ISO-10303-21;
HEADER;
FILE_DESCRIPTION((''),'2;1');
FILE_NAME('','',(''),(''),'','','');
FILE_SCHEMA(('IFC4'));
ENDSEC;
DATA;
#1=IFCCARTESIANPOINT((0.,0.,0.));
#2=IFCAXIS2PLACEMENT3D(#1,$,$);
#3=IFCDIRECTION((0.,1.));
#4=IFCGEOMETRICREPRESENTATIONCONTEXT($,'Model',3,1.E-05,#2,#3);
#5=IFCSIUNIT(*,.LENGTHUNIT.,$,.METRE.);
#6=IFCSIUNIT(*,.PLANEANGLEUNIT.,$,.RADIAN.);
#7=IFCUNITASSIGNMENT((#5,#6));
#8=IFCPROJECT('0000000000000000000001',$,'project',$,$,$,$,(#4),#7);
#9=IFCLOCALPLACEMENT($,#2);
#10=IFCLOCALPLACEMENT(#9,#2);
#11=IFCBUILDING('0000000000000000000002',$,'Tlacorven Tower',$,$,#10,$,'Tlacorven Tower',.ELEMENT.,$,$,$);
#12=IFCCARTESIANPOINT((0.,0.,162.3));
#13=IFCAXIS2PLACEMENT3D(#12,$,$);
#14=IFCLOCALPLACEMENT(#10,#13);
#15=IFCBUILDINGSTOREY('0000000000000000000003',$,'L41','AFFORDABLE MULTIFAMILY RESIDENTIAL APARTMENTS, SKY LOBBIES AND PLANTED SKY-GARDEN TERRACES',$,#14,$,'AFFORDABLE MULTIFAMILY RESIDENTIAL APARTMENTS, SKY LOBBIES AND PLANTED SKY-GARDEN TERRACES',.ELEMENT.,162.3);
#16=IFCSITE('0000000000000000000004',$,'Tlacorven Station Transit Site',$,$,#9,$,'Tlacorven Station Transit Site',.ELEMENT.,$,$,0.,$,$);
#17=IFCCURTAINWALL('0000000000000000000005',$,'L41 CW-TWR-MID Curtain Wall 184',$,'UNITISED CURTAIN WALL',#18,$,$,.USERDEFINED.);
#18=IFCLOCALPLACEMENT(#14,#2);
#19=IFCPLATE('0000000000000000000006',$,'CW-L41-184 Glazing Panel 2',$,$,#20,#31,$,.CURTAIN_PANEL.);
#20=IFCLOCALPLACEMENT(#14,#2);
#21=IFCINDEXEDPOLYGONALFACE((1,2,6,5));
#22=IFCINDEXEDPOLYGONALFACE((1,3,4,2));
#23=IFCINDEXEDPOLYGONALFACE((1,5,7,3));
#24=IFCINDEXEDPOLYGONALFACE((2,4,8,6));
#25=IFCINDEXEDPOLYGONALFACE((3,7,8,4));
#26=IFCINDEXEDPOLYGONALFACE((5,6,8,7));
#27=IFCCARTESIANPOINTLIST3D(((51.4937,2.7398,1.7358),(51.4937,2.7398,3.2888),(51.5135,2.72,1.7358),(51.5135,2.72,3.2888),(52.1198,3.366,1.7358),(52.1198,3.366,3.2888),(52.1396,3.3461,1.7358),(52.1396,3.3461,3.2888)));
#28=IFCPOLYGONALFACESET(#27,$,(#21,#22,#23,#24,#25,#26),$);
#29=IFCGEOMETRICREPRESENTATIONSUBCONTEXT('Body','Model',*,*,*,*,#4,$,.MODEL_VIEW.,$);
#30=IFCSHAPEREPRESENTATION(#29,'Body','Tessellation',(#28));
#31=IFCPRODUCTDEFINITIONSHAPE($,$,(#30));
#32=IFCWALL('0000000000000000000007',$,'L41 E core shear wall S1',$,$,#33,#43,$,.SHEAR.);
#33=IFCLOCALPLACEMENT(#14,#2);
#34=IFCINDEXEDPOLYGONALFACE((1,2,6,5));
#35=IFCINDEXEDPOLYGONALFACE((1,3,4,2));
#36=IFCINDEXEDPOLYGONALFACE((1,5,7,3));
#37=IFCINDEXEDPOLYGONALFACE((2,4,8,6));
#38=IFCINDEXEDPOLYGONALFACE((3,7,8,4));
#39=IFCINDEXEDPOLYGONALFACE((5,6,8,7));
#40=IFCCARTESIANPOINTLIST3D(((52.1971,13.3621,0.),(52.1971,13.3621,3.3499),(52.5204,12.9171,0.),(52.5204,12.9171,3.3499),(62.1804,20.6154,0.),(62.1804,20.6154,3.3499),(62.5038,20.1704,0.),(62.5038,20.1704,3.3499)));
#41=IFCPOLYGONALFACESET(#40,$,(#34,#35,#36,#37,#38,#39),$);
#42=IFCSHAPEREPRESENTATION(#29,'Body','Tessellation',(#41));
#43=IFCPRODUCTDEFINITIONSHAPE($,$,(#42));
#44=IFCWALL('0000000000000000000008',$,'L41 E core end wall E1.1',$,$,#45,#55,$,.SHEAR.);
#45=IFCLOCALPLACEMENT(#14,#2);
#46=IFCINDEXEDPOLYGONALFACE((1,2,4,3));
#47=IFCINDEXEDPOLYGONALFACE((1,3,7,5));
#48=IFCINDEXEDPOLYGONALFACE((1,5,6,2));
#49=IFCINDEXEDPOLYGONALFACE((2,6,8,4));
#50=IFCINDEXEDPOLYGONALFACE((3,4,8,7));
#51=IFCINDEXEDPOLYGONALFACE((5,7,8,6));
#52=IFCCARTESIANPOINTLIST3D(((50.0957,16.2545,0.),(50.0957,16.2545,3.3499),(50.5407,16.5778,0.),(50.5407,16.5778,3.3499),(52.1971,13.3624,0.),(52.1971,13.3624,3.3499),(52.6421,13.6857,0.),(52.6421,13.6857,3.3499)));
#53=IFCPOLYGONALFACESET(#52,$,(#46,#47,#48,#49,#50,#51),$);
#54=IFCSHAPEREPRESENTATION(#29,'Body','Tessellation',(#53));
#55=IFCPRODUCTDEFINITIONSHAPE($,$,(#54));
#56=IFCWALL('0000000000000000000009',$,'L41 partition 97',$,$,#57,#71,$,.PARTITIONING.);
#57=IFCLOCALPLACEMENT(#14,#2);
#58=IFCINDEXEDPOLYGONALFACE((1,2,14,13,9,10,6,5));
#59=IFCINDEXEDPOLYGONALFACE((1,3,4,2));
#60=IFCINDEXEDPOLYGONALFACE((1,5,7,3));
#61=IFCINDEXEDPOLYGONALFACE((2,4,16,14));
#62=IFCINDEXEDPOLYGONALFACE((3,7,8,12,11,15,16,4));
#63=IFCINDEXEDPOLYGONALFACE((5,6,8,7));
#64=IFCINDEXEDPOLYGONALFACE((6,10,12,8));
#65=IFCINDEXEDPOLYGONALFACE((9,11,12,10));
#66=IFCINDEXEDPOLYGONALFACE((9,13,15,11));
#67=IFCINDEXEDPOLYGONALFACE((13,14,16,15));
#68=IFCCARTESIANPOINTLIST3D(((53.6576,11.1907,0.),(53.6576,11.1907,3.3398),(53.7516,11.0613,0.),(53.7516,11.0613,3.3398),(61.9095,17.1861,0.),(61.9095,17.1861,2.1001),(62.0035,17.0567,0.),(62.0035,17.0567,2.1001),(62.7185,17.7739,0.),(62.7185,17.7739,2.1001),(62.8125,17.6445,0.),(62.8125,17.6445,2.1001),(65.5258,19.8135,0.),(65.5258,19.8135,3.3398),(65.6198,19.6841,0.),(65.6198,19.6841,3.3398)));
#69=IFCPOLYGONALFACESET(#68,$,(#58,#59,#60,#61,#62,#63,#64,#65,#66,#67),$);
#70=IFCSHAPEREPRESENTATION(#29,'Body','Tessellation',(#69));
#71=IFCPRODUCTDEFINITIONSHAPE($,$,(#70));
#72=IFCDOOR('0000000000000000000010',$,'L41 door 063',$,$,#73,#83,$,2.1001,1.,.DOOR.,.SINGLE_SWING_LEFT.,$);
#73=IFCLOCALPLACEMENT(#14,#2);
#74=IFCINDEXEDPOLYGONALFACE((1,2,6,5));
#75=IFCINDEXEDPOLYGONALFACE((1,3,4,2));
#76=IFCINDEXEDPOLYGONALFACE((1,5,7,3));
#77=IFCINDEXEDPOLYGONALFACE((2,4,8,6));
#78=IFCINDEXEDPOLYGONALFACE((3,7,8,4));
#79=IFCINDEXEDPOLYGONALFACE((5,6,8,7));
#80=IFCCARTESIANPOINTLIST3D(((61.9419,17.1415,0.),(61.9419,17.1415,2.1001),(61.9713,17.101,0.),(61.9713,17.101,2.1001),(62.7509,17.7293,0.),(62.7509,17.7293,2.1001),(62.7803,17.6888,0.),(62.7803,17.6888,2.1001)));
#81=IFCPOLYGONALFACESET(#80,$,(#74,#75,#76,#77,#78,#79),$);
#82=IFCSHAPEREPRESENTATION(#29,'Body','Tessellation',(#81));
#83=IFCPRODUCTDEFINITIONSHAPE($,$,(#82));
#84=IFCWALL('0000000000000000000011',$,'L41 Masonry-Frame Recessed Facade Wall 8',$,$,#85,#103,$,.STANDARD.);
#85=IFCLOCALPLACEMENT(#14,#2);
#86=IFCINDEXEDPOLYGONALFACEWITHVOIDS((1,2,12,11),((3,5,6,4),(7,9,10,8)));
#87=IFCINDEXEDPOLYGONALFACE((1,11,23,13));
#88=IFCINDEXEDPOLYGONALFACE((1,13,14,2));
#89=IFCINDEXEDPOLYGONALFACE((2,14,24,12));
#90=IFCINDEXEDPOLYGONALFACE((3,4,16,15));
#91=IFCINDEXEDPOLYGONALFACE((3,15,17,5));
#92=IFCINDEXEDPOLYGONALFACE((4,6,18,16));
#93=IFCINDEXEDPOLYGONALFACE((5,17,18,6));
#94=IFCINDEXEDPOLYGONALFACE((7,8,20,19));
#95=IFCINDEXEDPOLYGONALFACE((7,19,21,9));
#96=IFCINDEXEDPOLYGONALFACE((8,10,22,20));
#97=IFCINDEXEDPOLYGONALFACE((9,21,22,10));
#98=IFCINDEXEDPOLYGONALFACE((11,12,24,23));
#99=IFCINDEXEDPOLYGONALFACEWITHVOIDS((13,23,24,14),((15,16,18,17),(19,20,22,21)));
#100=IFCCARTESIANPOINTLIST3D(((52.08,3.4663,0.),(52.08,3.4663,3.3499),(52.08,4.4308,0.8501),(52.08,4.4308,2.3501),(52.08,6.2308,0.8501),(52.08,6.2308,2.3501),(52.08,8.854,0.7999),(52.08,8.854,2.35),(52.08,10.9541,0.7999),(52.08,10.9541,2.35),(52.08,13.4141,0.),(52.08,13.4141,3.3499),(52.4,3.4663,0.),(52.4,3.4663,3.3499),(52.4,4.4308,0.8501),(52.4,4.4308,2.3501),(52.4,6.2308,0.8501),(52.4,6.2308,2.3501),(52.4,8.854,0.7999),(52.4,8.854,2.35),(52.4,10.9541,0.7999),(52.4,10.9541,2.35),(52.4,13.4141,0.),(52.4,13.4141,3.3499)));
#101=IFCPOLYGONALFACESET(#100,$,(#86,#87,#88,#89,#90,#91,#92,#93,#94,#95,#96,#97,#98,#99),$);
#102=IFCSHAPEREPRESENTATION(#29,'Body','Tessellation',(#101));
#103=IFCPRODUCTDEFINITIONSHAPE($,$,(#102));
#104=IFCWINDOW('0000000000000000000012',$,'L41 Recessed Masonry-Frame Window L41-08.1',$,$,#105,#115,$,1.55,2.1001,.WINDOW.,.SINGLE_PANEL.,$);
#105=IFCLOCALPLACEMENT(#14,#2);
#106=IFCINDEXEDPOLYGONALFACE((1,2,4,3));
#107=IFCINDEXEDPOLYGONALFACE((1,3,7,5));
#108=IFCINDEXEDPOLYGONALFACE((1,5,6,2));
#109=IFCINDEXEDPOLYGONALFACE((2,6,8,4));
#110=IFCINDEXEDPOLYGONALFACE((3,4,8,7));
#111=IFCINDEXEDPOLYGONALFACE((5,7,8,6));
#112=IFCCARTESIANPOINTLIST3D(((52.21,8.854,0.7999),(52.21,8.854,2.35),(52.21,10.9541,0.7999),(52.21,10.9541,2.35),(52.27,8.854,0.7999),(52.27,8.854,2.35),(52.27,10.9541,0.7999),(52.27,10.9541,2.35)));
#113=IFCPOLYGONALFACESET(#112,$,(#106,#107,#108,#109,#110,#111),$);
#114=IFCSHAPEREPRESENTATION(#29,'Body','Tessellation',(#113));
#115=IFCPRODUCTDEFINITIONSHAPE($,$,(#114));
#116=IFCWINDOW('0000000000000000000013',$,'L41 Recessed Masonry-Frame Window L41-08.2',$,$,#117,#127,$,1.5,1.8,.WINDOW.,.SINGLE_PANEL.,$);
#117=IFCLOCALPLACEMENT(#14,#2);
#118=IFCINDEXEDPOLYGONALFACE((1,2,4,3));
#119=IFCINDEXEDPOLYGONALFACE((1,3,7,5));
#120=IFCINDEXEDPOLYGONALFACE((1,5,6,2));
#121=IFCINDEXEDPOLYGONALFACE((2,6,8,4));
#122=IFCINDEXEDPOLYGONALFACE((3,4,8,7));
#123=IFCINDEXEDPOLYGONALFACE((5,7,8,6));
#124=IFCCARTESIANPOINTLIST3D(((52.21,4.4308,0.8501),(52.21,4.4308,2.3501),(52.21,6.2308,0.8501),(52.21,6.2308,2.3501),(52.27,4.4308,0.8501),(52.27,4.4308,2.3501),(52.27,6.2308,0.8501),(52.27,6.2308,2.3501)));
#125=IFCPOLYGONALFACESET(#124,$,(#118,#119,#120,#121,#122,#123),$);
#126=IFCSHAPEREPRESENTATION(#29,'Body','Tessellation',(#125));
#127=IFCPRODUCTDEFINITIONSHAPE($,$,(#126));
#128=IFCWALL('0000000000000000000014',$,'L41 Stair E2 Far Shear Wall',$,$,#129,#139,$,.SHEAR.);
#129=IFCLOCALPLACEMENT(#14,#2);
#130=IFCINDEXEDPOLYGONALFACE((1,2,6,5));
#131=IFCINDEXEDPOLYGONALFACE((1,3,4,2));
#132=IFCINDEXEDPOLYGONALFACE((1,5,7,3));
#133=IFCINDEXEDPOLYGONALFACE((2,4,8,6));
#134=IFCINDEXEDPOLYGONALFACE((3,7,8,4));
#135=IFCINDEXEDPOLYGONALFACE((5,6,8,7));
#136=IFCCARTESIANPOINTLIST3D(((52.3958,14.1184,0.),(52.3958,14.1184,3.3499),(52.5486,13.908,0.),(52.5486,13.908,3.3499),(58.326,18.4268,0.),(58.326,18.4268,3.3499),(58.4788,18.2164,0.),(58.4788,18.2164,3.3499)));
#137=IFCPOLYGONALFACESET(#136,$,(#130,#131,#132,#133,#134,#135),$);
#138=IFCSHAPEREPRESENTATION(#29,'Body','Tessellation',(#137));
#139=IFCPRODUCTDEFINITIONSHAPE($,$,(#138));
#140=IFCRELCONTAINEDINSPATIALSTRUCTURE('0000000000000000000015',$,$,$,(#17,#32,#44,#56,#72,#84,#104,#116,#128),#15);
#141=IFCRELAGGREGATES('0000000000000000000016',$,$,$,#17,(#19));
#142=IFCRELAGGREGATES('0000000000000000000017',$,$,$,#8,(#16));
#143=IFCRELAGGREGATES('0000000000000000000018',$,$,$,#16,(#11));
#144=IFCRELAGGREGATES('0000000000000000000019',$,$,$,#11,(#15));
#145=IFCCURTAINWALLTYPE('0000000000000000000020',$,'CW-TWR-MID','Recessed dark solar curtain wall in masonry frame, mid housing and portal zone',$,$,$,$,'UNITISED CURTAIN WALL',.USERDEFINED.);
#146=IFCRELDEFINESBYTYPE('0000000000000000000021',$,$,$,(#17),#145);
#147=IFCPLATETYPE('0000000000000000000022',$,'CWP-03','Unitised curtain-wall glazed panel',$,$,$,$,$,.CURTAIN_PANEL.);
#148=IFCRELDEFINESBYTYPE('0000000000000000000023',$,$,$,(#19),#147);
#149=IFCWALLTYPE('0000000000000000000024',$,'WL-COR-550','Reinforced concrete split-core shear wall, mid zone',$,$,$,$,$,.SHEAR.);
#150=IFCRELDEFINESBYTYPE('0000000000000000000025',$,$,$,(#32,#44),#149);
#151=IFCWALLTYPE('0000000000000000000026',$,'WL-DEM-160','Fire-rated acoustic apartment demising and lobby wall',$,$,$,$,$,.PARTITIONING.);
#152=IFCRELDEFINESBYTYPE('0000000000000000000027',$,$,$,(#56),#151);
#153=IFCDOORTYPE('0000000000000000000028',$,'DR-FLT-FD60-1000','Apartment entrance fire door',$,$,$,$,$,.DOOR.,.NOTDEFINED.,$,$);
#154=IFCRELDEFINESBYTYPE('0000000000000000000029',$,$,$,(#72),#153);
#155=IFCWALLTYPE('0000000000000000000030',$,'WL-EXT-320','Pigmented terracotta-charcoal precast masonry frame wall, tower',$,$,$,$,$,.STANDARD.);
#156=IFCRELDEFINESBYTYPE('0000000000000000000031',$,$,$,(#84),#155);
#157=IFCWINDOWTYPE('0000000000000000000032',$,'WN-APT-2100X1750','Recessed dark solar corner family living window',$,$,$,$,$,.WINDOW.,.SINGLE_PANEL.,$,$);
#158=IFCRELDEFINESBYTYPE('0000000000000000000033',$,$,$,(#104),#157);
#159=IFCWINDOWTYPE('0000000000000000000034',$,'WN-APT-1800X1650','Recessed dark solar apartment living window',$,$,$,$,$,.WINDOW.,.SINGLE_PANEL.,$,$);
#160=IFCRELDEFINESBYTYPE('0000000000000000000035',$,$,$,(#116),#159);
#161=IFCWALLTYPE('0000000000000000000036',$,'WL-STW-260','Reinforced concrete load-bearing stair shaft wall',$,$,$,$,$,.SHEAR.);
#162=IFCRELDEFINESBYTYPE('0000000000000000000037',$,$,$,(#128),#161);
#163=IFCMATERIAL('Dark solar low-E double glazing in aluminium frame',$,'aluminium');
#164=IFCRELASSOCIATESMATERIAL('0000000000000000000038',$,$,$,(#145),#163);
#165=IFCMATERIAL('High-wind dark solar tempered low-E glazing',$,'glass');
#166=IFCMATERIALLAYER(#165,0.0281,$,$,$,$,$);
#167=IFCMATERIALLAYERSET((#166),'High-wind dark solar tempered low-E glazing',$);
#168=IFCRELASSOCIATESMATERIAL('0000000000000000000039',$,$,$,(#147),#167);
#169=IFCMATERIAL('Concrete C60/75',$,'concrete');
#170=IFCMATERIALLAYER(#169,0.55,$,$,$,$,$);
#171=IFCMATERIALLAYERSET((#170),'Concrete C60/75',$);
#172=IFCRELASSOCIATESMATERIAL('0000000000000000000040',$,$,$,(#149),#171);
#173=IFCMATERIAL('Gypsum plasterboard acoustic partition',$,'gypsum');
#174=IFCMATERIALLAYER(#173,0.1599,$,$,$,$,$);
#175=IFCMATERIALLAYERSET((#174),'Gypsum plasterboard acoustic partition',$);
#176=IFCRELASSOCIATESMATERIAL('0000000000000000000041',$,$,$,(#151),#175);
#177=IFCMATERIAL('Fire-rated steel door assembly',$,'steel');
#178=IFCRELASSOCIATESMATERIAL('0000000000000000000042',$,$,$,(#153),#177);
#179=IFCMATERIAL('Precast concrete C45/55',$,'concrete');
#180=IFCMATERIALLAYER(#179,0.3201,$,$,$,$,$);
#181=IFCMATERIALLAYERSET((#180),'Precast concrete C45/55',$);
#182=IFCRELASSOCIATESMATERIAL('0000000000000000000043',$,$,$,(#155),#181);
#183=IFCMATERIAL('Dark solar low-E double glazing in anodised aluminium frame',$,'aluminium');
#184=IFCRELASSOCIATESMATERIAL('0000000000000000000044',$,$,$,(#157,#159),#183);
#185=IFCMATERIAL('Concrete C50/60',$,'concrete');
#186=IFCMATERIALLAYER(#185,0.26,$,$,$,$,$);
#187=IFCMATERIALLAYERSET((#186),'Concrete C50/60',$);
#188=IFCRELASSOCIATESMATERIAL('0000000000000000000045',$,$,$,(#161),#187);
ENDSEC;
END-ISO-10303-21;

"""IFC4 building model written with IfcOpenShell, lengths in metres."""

from ifc_helpers import new_model, si_unit, direction, frame, frame_2d, origin, origin_2d, place, context, subcontext, project, spatial, rectangle, extrude, source, transform, mapped, material, layer, layer_set, type_object, element, fill, aggregate, save


model = new_model("IFC4")

# Units and contexts
model_context = context("Model", 3, precision=1e-05, world=origin(), true_north=direction((0.0, 1.0)))
body_context = subcontext(model_context, "Body", "Model", "MODEL_VIEW")
ifc_project = project(units=[si_unit("LENGTHUNIT", "METRE"), si_unit("PLANEANGLEUNIT", "RADIAN")], contexts=[model_context])

# Site, building, storey
site_placement = place(None, origin())
site = spatial("IfcSite", under=ifc_project, at=site_placement, Name="Tlacorven Station Transit Site", LongName="Tlacorven Station Transit Site", CompositionType="ELEMENT", RefElevation=0.0)
building_placement = place(site_placement, origin())
building = spatial("IfcBuilding", under=site, at=building_placement, Name="Tlacorven Tower", LongName="Tlacorven Tower", CompositionType="ELEMENT")
storey_placement = place(building_placement, frame((0.0, 0.0, 162.3)))
storey = spatial("IfcBuildingStorey", under=building, at=storey_placement, Name="L41", Description="AFFORDABLE MULTIFAMILY RESIDENTIAL APARTMENTS, SKY LOBBIES AND PLANTED SKY-GARDEN TERRACES", LongName="AFFORDABLE MULTIFAMILY RESIDENTIAL APARTMENTS, SKY LOBBIES AND PLANTED SKY-GARDEN TERRACES", CompositionType="ELEMENT", Elevation=162.3)

# Curtain wall, plate
ifc_material_1 = material(Name="Dark solar low-E double glazing in aluminium frame", Category="aluminium")
curtain_wall_type = type_object("IfcCurtainWallType", Name="CW-TWR-MID", Description="Recessed dark solar curtain wall in masonry frame, mid housing and portal zone", ElementType="UNITISED CURTAIN WALL", PredefinedType="USERDEFINED", material=ifc_material_1)
curtain_wall_placement = place(storey_placement, origin())
curtain_wall = element("IfcCurtainWall", 1, at=curtain_wall_placement, inside=storey, type_object=curtain_wall_type, Name="L41 CW-TWR-MID Curtain Wall 184", ObjectType="UNITISED CURTAIN WALL", PredefinedType="USERDEFINED")
ifc_material_2 = material(Name="High-wind dark solar tempered low-E glazing", Category="glass")
ifc_layer_1 = layer(ifc_material_2, 0.0281)
ifc_layer_set_1 = layer_set([ifc_layer_1], Name="High-wind dark solar tempered low-E glazing")
plate_type = type_object("IfcPlateType", Name="CWP-03", Description="Unitised curtain-wall glazed panel", PredefinedType="CURTAIN_PANEL", material=ifc_layer_set_1)
shared_shape_1 = source(origin(), body_context, "Body", "SweptSolid", [
    extrude(rectangle(XDim=0.8855, YDim=0.0281, at=origin_2d()), origin(), (0.0, 0.0, 1.0), 1.553),
])
plate_1_placement = place(storey_placement, frame((51.8167, 3.043, 1.7358), z_axis=(0.0, 0.0, 1.0), x_axis=(-0.707107, -0.707107, 0.0)))
plate_1 = element("IfcPlate", 2, at=plate_1_placement, type_object=plate_type, Name="CW-L41-184 Glazing Panel 2", PredefinedType="CURTAIN_PANEL", context=body_context, shape_type="MappedRepresentation", body=[
    mapped(shared_shape_1, transform((0.0, 0.0, 0.0), scale=1.0)),
])
aggregate(curtain_wall, [plate_1])

# Walls
ifc_material_3 = material(Name="Concrete C60/75", Category="concrete")
ifc_layer_2 = layer(ifc_material_3, 0.55)
ifc_layer_set_2 = layer_set([ifc_layer_2], Name="Concrete C60/75")
wall_type_1 = type_object("IfcWallType", Name="WL-COR-550", Description="Reinforced concrete split-core shear wall, mid zone", PredefinedType="SHEAR", material=ifc_layer_set_2)
wall_1_placement = place(storey_placement, frame((52.3589, 13.1396, 0.0), z_axis=(0.0, 0.0, 1.0), x_axis=(0.809015, 0.587788, 0.0)))
element("IfcWall", 3, at=wall_1_placement, inside=storey, type_object=wall_type_1, Name="L41 E core shear wall S1", PredefinedType="SHEAR", context=body_context, shape_type="SweptSolid", body=[
    extrude(rectangle(XDim=12.3401, YDim=0.55, at=frame_2d((6.1699, 0.0))), origin(), (0.0, 0.0, 1.0), 3.3499),
])
wall_2_placement = place(storey_placement, frame((52.4197, 13.5239, 0.0), z_axis=(0.0, 0.0, 1.0), x_axis=(-0.587802, 0.809005, 0.0)))
element("IfcWall", 4, at=wall_2_placement, inside=storey, type_object=wall_type_1, Name="L41 E core end wall E1.1", PredefinedType="SHEAR", context=body_context, shape_type="SweptSolid", body=[
    extrude(rectangle(XDim=3.575, YDim=0.55, at=frame_2d((1.7876, 0.0))), origin(), (0.0, 0.0, 1.0), 3.3499),
])

# Wall, opening, door
ifc_material_4 = material(Name="Gypsum plasterboard acoustic partition", Category="gypsum")
ifc_layer_3 = layer(ifc_material_4, 0.1599)
ifc_layer_set_3 = layer_set([ifc_layer_3], Name="Gypsum plasterboard acoustic partition")
wall_type_2 = type_object("IfcWallType", Name="WL-DEM-160", Description="Fire-rated acoustic apartment demising and lobby wall", PredefinedType="PARTITIONING", material=ifc_layer_set_3)
wall_3_placement = place(storey_placement, frame((53.7046, 11.126, 0.0), z_axis=(0.0, 0.0, 1.0), x_axis=(0.809015, 0.587789, 0.0)))
wall_3 = element("IfcWall", 5, at=wall_3_placement, inside=storey, type_object=wall_type_2, Name="L41 partition 97", PredefinedType="PARTITIONING", context=body_context, shape_type="SweptSolid", body=[
    extrude(rectangle(XDim=14.6699, YDim=0.1599, at=frame_2d((7.335, 0.0))), origin(), (0.0, 0.0, 1.0), 3.3398),
])
opening_1_placement = place(wall_3_placement, frame((10.2, 0.0, 0.0)))
opening_1 = element("IfcOpeningElement", 6, at=opening_1_placement, cuts=wall_3, PredefinedType="OPENING", context=body_context, shape_type="SweptSolid", body=[
    extrude(rectangle(XDim=1.0, YDim=2.1001, at=frame_2d((0.5, 1.05))), frame((0.0, 0.0898, 0.0), z_axis=(0.0, -1.0, 0.0), x_axis=(1.0, 0.0, 0.0)), (0.0, 0.0, 1.0), 0.1799),
])
ifc_material_5 = material(Name="Fire-rated steel door assembly", Category="steel")
door_type = type_object("IfcDoorType", Name="DR-FLT-FD60-1000", Description="Apartment entrance fire door", OperationType="NOTDEFINED", PredefinedType="DOOR", material=ifc_material_5)
shared_shape_2 = source(origin(), body_context, "Body", "SweptSolid", [
    extrude(rectangle(XDim=1.0, YDim=2.1001, at=frame_2d((0.5, 1.05))), frame((0.0, 0.0249, 0.0), z_axis=(0.0, -1.0, 0.0), x_axis=(1.0, 0.0, 0.0)), (0.0, 0.0, 1.0), 0.05),
])
door_placement = place(opening_1_placement, origin())
door = element("IfcDoor", 7, at=door_placement, inside=storey, type_object=door_type, Name="L41 door 063", OperationType="SINGLE_SWING_LEFT", OverallHeight=2.1001, OverallWidth=1.0, PredefinedType="DOOR", context=body_context, shape_type="MappedRepresentation", body=[
    mapped(shared_shape_2, transform((0.0, 0.0, 0.0), scale=1.0)),
])
fill(opening_1, door)

# Wall, openings, windows
ifc_material_6 = material(Name="Precast concrete C45/55", Category="concrete")
ifc_layer_4 = layer(ifc_material_6, 0.3201)
ifc_layer_set_4 = layer_set([ifc_layer_4], Name="Precast concrete C45/55")
wall_type_3 = type_object("IfcWallType", Name="WL-EXT-320", Description="Pigmented terracotta-charcoal precast masonry frame wall, tower", PredefinedType="STANDARD", material=ifc_layer_set_4)
wall_4_placement = place(storey_placement, frame((52.24, 13.4141, 0.0), z_axis=(0.0, 0.0, 1.0), x_axis=(0.0, -1.0, 0.0)))
wall_4 = element("IfcWall", 8, at=wall_4_placement, inside=storey, type_object=wall_type_3, Name="L41 Masonry-Frame Recessed Facade Wall 8", PredefinedType="STANDARD", context=body_context, shape_type="SweptSolid", body=[
    extrude(rectangle(XDim=9.9478, YDim=0.3201, at=frame_2d((4.9739, 0.0))), origin(), (0.0, 0.0, 1.0), 3.3499),
])
opening_2_placement = place(wall_4_placement, frame((2.46, 0.0, 0.8)))
opening_2 = element("IfcOpeningElement", 9, at=opening_2_placement, cuts=wall_4, PredefinedType="OPENING", context=body_context, shape_type="SweptSolid", body=[
    extrude(rectangle(XDim=2.1001, YDim=1.55, at=frame_2d((1.05, 0.7749))), frame((0.0, 0.1699, 0.0), z_axis=(0.0, -1.0, 0.0), x_axis=(1.0, 0.0, 0.0)), (0.0, 0.0, 1.0), 0.3401),
])
opening_3_placement = place(wall_4_placement, frame((7.1833, 0.0, 0.8501)))
opening_3 = element("IfcOpeningElement", 10, at=opening_3_placement, cuts=wall_4, PredefinedType="OPENING", context=body_context, shape_type="SweptSolid", body=[
    extrude(rectangle(XDim=1.8, YDim=1.5, at=frame_2d((0.8999, 0.75))), frame((0.0, 0.1699, 0.0), z_axis=(0.0, -1.0, 0.0), x_axis=(1.0, 0.0, 0.0)), (0.0, 0.0, 1.0), 0.3401),
])
ifc_material_7 = material(Name="Dark solar low-E double glazing in anodised aluminium frame", Category="aluminium")
window_type_1 = type_object("IfcWindowType", Name="WN-APT-2100X1750", Description="Recessed dark solar corner family living window", PartitioningType="SINGLE_PANEL", PredefinedType="WINDOW", material=ifc_material_7)
shared_shape_3 = source(origin(), body_context, "Body", "SweptSolid", [
    extrude(rectangle(XDim=2.1001, YDim=1.55, at=frame_2d((1.05, 0.7749))), frame((0.0, 0.03, 0.0), z_axis=(0.0, -1.0, 0.0), x_axis=(1.0, 0.0, 0.0)), (0.0, 0.0, 1.0), 0.0601),
])
window_1_placement = place(opening_2_placement, origin())
window_1 = element("IfcWindow", 11, at=window_1_placement, inside=storey, type_object=window_type_1, Name="L41 Recessed Masonry-Frame Window L41-08.1", OverallHeight=1.55, OverallWidth=2.1001, PartitioningType="SINGLE_PANEL", PredefinedType="WINDOW", context=body_context, shape_type="MappedRepresentation", body=[
    mapped(shared_shape_3, transform((0.0, 0.0, 0.0), scale=1.0)),
])
fill(opening_2, window_1)
window_type_2 = type_object("IfcWindowType", Name="WN-APT-1800X1650", Description="Recessed dark solar apartment living window", PartitioningType="SINGLE_PANEL", PredefinedType="WINDOW", material=ifc_material_7)
shared_shape_4 = source(origin(), body_context, "Body", "SweptSolid", [
    extrude(rectangle(XDim=1.8, YDim=1.5, at=frame_2d((0.8999, 0.75))), frame((0.0, 0.03, 0.0), z_axis=(0.0, -1.0, 0.0), x_axis=(1.0, 0.0, 0.0)), (0.0, 0.0, 1.0), 0.0601),
])
window_2_placement = place(opening_3_placement, origin())
window_2 = element("IfcWindow", 12, at=window_2_placement, inside=storey, type_object=window_type_2, Name="L41 Recessed Masonry-Frame Window L41-08.2", OverallHeight=1.5, OverallWidth=1.8, PartitioningType="SINGLE_PANEL", PredefinedType="WINDOW", context=body_context, shape_type="MappedRepresentation", body=[
    mapped(shared_shape_4, transform((0.0, 0.0, 0.0), scale=1.0)),
])
fill(opening_3, window_2)

# Wall
ifc_material_8 = material(Name="Concrete C50/60", Category="concrete")
ifc_layer_5 = layer(ifc_material_8, 0.26)
ifc_layer_set_5 = layer_set([ifc_layer_5], Name="Concrete C50/60")
wall_type_4 = type_object("IfcWallType", Name="WL-STW-260", Description="Reinforced concrete load-bearing stair shaft wall", PredefinedType="SHEAR", material=ifc_layer_set_5)
wall_5_placement = place(storey_placement, frame((52.4722, 14.0132, 0.0), z_axis=(0.0, 0.0, 1.0), x_axis=(0.809028, 0.58777, 0.0)))
element("IfcWall", 13, at=wall_5_placement, inside=storey, type_object=wall_type_4, Name="L41 Stair E2 Far Shear Wall", PredefinedType="SHEAR", context=body_context, shape_type="SweptSolid", body=[
    extrude(rectangle(XDim=7.3301, YDim=0.26, at=frame_2d((3.665, 0.0))), origin(), (0.0, 0.0, 1.0), 3.3499),
])

save(model, "model.ifc")
